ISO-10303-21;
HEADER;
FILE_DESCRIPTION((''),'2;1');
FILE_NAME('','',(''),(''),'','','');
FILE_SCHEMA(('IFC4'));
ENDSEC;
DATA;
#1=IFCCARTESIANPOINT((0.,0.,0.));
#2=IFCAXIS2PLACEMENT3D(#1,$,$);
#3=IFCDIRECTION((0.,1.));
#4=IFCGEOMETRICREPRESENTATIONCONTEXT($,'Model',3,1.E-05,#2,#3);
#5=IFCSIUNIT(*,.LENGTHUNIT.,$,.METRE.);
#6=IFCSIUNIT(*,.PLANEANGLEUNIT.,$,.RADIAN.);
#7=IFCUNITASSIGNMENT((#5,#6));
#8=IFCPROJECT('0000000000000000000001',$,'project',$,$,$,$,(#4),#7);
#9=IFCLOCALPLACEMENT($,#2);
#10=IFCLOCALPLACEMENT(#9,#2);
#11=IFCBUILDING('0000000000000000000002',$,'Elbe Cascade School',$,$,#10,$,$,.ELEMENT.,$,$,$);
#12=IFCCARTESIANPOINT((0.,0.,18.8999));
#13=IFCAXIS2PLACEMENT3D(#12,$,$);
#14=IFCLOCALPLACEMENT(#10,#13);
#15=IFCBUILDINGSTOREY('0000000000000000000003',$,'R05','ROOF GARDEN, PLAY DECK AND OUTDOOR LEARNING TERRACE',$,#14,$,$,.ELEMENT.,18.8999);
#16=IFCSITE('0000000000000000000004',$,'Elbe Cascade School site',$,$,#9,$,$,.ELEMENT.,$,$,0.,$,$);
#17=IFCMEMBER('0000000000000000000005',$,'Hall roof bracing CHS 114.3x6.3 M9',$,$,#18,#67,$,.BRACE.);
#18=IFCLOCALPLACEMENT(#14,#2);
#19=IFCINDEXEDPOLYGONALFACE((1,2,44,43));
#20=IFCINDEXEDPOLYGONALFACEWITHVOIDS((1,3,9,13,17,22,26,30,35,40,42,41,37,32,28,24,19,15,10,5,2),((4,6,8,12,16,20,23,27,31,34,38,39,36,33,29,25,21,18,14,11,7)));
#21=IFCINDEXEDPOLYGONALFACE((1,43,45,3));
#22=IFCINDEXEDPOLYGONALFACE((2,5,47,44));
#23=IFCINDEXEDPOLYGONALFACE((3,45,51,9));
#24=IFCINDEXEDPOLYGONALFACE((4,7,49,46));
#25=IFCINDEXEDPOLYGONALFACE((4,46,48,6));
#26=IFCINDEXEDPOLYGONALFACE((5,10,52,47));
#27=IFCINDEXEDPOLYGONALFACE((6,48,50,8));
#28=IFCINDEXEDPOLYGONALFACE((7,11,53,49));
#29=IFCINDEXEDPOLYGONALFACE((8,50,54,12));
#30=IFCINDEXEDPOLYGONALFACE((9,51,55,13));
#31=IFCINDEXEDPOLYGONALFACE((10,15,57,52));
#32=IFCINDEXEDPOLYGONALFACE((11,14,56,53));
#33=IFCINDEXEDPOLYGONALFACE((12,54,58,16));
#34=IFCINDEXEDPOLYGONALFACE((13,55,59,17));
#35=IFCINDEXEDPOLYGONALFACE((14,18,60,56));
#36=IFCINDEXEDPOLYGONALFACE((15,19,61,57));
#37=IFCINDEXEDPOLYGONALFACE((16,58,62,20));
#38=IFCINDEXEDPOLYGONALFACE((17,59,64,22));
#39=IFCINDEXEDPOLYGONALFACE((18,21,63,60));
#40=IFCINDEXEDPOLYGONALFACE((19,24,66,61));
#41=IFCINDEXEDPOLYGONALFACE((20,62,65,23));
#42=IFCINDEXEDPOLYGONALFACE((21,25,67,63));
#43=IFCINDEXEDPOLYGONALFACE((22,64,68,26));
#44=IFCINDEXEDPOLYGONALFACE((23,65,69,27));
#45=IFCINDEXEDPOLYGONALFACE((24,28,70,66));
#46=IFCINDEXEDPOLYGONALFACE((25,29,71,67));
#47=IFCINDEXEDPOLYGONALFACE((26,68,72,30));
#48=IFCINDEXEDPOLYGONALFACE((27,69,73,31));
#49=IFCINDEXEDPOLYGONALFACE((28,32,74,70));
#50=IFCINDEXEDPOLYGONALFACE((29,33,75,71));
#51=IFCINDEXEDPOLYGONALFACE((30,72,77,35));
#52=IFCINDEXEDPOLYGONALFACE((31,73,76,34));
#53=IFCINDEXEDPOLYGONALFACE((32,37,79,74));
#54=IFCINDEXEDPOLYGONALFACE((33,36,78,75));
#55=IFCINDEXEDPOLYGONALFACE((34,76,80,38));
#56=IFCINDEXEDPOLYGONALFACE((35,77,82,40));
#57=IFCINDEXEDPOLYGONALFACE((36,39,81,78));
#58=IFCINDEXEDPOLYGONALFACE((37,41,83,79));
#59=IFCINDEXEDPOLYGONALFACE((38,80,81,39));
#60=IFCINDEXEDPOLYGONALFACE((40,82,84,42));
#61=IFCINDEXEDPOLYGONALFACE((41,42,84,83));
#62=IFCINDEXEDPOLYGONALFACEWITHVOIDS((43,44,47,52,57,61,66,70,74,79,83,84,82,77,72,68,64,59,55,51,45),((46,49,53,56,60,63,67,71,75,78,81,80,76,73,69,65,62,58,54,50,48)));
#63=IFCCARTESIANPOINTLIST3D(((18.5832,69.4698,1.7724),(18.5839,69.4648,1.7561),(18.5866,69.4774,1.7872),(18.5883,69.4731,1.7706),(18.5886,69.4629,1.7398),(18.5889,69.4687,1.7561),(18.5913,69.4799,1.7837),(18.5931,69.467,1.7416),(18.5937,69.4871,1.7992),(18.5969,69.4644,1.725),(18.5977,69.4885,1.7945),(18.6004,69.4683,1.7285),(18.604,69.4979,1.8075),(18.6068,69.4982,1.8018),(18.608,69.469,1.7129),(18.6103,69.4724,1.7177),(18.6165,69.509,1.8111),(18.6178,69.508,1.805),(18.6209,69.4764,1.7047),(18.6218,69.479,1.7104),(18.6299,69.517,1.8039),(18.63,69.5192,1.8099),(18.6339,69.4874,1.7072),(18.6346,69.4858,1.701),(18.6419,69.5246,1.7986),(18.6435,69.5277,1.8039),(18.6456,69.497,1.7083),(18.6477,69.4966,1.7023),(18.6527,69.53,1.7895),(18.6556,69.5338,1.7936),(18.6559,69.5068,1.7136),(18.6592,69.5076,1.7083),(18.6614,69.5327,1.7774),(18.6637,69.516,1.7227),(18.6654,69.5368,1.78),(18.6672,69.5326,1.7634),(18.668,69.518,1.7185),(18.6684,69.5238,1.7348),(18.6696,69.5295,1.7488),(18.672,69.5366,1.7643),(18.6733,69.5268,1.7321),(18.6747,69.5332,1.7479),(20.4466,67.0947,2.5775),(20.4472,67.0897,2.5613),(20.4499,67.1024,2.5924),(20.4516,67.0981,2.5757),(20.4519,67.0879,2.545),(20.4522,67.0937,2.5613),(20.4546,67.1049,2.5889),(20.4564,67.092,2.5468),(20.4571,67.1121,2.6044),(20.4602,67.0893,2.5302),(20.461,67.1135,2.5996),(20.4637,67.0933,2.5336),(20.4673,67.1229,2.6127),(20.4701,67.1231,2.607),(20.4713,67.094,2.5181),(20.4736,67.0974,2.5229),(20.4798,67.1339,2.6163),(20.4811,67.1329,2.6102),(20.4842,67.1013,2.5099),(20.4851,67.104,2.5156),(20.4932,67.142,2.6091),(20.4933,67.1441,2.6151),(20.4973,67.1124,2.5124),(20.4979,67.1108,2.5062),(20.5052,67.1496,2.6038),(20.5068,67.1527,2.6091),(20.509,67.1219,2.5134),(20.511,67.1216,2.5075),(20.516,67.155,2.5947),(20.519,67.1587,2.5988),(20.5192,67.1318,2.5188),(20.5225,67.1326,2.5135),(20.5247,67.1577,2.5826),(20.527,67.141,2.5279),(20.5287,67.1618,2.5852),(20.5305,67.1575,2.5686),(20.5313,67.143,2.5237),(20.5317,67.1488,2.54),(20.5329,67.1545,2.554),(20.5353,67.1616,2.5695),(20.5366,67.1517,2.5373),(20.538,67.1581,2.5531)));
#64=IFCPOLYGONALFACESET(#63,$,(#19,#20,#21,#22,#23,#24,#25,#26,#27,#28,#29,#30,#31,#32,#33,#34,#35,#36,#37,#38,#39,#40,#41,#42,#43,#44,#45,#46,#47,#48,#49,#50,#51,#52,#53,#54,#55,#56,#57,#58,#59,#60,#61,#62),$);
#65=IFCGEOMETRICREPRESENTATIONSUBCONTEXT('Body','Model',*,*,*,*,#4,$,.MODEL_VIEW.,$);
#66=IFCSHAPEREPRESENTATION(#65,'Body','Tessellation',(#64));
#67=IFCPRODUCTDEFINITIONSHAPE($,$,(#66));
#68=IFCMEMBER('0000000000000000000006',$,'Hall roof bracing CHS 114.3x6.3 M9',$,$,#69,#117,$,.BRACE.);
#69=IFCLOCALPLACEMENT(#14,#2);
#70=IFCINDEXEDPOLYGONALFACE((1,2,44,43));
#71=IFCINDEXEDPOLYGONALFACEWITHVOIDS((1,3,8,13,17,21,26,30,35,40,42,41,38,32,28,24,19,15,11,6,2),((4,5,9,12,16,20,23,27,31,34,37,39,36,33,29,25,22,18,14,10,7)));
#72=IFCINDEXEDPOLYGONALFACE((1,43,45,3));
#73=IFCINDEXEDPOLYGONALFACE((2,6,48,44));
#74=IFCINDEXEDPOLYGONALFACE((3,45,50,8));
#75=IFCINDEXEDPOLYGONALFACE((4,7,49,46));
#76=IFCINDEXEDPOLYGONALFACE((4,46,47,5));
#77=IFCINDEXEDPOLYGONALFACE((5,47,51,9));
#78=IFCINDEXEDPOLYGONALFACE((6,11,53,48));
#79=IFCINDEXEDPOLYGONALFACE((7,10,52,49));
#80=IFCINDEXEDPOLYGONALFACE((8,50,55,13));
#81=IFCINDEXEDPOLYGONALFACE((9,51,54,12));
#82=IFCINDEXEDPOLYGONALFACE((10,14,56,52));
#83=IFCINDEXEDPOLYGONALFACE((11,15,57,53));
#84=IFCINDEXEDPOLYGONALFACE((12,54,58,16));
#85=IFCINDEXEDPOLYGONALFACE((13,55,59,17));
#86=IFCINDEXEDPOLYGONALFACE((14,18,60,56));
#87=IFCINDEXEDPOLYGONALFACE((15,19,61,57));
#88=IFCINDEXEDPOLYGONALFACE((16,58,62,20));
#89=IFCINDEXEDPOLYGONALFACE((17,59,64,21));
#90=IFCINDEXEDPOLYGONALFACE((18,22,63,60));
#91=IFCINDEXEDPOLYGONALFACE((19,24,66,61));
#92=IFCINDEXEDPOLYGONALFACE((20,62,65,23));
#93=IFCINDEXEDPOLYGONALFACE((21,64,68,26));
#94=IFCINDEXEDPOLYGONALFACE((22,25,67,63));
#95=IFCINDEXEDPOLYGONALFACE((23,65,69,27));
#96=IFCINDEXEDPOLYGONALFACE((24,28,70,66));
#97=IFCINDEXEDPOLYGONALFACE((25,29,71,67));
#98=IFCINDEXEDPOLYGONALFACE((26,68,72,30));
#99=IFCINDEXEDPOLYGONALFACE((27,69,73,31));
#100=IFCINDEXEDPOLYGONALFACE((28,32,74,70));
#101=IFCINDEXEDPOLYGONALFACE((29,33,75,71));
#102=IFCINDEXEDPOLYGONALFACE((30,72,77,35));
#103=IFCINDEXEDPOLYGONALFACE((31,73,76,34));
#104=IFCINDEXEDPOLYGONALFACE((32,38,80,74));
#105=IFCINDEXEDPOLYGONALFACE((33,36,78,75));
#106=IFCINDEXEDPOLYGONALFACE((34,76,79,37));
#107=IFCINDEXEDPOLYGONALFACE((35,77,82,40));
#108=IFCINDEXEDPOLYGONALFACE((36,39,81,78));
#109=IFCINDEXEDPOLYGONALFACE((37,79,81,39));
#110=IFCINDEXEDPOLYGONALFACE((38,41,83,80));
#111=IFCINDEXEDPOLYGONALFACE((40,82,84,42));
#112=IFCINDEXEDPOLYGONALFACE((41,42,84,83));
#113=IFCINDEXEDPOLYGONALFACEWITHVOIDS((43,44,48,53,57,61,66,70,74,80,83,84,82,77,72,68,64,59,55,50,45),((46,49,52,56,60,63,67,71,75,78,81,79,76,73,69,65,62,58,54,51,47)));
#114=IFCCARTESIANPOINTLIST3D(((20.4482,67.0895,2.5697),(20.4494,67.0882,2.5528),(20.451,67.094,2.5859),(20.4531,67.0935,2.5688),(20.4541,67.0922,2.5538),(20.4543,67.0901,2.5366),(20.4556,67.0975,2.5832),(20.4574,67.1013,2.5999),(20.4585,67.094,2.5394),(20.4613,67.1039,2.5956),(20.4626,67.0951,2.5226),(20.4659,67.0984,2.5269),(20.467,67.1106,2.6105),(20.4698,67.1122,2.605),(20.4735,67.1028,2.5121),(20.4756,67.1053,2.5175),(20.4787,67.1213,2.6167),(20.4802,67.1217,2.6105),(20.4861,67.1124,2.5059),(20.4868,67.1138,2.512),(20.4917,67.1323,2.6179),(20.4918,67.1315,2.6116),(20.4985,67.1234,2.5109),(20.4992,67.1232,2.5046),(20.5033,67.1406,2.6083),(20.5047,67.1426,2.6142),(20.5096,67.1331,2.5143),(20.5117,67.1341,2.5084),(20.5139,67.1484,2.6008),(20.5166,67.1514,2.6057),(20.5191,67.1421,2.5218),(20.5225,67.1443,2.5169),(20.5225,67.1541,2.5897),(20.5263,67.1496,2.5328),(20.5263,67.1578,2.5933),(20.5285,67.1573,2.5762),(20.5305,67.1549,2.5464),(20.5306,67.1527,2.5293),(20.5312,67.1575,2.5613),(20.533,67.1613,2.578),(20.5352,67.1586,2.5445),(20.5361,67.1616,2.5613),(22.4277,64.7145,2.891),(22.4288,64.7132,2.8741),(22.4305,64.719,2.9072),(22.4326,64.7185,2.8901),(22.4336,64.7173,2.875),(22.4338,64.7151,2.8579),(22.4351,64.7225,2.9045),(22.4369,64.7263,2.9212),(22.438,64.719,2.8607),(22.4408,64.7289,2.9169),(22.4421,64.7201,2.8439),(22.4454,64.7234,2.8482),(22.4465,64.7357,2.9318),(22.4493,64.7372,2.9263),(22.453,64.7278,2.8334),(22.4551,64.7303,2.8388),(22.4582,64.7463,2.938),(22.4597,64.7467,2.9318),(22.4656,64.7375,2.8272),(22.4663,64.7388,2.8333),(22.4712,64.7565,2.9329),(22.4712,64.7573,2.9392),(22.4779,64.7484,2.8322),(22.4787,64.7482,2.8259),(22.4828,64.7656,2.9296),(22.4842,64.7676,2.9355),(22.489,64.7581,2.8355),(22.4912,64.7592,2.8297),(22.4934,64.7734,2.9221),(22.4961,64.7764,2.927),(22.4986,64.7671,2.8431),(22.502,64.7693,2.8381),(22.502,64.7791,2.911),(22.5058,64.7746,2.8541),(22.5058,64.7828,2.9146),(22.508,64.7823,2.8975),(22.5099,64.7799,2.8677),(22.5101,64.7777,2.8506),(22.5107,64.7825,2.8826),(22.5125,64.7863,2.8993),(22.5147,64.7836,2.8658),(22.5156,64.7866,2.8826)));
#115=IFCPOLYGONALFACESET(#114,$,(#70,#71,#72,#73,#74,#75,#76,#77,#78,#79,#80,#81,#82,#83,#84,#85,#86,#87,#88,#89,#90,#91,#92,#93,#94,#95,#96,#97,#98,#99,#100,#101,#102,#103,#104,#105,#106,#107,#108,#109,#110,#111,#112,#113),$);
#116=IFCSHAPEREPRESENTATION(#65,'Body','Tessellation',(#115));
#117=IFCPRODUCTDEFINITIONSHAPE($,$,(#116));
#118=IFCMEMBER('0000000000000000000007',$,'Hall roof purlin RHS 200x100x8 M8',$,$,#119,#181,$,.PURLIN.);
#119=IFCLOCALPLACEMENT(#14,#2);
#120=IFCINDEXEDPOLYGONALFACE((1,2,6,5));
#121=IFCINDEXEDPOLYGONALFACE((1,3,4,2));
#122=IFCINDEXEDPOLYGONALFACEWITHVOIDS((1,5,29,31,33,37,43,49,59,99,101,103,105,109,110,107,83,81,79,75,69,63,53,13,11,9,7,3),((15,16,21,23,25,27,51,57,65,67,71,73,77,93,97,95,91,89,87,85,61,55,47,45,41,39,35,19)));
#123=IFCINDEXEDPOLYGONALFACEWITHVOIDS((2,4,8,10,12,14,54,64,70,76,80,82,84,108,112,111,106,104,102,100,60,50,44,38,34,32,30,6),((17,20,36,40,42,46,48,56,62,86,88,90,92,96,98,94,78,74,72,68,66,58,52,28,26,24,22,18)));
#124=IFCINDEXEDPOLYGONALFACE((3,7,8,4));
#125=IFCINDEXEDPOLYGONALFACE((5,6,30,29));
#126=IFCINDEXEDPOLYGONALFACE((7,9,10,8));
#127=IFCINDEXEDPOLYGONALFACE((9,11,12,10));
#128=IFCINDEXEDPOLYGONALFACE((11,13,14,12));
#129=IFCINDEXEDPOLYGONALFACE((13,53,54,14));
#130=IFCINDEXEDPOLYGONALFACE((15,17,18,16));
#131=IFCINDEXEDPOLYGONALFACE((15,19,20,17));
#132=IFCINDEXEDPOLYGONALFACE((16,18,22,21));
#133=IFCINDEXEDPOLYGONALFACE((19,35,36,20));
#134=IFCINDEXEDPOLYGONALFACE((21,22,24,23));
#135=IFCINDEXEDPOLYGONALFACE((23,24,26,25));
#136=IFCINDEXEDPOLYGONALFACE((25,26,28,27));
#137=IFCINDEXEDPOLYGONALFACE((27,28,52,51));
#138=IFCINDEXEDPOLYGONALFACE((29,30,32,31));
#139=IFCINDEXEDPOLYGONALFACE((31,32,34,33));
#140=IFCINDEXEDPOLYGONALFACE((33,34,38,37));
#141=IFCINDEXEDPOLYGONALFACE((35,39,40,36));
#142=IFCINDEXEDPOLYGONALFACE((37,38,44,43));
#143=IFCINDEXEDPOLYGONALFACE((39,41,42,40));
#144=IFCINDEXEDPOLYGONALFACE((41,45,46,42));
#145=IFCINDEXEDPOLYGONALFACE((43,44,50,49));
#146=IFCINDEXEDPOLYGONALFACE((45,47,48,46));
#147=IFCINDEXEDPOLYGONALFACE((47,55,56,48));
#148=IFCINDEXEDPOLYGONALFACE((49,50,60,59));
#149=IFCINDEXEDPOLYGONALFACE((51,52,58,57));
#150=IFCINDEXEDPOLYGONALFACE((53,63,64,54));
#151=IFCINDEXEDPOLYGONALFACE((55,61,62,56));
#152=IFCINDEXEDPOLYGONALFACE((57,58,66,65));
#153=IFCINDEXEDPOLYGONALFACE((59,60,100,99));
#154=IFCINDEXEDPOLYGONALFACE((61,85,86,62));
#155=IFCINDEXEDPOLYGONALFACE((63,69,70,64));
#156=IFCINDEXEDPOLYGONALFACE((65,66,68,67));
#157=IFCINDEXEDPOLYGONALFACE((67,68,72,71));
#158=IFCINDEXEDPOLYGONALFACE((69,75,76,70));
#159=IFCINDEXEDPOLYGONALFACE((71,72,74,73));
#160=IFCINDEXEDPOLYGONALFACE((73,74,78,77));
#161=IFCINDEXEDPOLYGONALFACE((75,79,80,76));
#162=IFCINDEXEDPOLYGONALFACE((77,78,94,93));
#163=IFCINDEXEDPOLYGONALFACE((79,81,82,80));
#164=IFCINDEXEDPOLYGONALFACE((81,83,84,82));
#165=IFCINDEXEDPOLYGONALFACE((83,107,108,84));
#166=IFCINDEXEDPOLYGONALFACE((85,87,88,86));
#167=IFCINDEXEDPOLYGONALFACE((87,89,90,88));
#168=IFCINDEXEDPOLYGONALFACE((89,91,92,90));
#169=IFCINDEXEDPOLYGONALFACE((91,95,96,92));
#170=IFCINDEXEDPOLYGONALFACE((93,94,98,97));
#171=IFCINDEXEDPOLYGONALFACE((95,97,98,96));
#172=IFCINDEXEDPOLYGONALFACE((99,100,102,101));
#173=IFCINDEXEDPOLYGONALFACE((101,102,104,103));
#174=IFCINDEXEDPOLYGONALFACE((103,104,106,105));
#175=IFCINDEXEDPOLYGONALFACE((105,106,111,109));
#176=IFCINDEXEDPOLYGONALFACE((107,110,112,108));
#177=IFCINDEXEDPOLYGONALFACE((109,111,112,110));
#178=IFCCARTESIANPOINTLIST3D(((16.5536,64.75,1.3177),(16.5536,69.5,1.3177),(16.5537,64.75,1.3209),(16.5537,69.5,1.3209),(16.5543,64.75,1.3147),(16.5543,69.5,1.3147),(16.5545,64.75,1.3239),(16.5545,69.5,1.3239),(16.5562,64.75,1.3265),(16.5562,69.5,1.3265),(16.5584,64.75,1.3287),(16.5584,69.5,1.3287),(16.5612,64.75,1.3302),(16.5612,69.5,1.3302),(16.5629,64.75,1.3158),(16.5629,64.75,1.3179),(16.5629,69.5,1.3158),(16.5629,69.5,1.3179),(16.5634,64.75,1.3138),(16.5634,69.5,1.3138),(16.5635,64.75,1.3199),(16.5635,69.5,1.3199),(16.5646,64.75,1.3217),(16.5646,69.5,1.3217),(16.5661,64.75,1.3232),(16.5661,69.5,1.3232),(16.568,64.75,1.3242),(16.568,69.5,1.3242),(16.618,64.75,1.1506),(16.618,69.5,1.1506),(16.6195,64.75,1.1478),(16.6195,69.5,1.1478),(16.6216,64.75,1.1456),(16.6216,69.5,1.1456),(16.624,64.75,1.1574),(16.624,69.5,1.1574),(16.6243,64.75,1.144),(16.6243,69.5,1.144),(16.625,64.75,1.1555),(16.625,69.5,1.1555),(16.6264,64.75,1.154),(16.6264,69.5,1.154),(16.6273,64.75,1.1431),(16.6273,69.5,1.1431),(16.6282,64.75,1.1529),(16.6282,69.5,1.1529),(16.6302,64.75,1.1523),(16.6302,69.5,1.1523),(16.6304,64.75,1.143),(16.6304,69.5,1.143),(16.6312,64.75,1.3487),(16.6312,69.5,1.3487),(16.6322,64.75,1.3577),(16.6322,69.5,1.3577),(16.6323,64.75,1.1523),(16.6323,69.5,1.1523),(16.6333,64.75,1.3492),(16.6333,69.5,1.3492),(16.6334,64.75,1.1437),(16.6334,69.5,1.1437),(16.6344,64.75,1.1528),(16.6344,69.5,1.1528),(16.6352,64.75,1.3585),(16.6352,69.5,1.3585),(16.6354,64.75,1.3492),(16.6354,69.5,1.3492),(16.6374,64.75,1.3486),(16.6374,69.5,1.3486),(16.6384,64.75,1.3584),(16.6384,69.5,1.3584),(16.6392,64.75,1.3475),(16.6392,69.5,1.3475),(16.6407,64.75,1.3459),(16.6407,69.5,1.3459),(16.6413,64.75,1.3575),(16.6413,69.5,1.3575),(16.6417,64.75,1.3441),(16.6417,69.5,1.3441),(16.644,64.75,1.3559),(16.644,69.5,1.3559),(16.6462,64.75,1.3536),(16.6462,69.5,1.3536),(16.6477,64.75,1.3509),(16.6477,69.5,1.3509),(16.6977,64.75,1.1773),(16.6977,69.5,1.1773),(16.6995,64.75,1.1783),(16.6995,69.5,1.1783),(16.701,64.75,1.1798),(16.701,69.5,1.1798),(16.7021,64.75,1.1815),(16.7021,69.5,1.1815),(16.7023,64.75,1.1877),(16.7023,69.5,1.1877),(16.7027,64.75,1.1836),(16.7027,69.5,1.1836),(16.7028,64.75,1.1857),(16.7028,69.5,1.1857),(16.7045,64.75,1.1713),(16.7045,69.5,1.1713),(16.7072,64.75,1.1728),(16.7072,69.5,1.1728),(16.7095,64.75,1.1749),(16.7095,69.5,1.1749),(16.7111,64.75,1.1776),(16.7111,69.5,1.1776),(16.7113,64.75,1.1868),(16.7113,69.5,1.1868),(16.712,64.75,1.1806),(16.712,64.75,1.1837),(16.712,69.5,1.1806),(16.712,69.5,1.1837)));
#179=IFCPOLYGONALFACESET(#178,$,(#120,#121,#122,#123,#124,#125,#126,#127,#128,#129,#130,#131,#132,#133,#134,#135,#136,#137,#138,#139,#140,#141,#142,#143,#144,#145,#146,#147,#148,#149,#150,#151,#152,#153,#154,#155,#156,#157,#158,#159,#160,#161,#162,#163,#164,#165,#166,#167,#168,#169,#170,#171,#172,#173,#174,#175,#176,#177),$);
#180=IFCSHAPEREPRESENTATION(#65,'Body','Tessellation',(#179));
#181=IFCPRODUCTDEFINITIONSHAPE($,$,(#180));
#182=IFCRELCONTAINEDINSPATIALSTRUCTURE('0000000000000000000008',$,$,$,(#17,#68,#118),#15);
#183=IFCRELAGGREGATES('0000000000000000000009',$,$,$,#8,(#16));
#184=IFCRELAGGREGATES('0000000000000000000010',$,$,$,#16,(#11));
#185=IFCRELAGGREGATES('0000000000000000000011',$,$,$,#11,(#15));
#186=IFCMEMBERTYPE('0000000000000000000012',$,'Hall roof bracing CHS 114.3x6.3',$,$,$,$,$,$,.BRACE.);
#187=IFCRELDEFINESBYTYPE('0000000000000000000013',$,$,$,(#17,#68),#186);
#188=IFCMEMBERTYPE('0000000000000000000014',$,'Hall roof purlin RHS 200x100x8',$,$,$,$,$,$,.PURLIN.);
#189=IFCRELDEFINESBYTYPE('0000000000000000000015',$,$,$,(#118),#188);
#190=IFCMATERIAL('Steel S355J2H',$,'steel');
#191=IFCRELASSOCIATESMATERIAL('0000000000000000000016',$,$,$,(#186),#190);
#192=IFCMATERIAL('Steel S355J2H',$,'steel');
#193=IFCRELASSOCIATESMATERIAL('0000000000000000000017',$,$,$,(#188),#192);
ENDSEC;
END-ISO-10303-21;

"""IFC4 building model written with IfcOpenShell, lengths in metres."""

from ifc_helpers import new_model, si_unit, direction, frame, origin, origin_2d, place, context, subcontext, project, spatial, hollow_rectangle, hollow_circle, extrude, material, material_profile, profile_set, type_object, element, save


model = new_model("IFC4")

# Units and contexts
model_context = context("Model", 3, precision=1e-05, world=origin(), true_north=direction((0.0, 1.0)))
body_context = subcontext(model_context, "Body", "Model", "MODEL_VIEW")
ifc_project = project(units=[si_unit("LENGTHUNIT", "METRE"), si_unit("PLANEANGLEUNIT", "RADIAN")], contexts=[model_context])

# Site, building, storey
site_placement = place(None, origin())
site = spatial("IfcSite", under=ifc_project, at=site_placement, Name="Elbe Cascade School site", CompositionType="ELEMENT", RefElevation=0.0)
building_placement = place(site_placement, origin())
building = spatial("IfcBuilding", under=site, at=building_placement, Name="Elbe Cascade School", CompositionType="ELEMENT")
storey_placement = place(building_placement, frame((0.0, 0.0, 18.8999)))
storey = spatial("IfcBuildingStorey", under=building, at=storey_placement, Name="R05", Description="ROOF GARDEN, PLAY DECK AND OUTDOOR LEARNING TERRACE", CompositionType="ELEMENT", Elevation=18.8999)

# Members
ifc_material_1 = material(Name="Steel S355J2H", Category="steel")
ifc_material_profile_1 = material_profile(ifc_material_1, hollow_circle(Radius=0.0571, WallThickness=0.0063, at=origin_2d()), Name="CHS 114.3x6.3")
ifc_profile_set_1 = profile_set([ifc_material_profile_1], Name="Steel S355J2H")
member_type_1 = type_object("IfcMemberType", Name="Hall roof bracing CHS 114.3x6.3", PredefinedType="BRACE", material=ifc_profile_set_1)
member_1_placement = place(storey_placement, frame((20.4922, 67.125, 2.5613), z_axis=(-0.596399, 0.76019, -0.257721), x_axis=(-0.786767, -0.61725, 0.0)))
element("IfcMember", 1, at=member_1_placement, inside=storey, type_object=member_type_1, Name="Hall roof bracing CHS 114.3x6.3 M9", PredefinedType="BRACE", context=body_context, shape_type="SweptSolid", body=[
    extrude(hollow_circle(Radius=0.0571, WallThickness=0.0063, at=origin_2d()), origin(), (0.0, 0.0, 1.0), 3.1243),
])
member_2_placement = place(storey_placement, frame((20.4922, 67.125, 2.5613), z_axis=(0.636817, -0.764055, 0.103361), x_axis=(0.768169, 0.640247, 0.0)))
element("IfcMember", 2, at=member_2_placement, inside=storey, type_object=member_type_1, Name="Hall roof bracing CHS 114.3x6.3 M9", PredefinedType="BRACE", context=body_context, shape_type="SweptSolid", body=[
    extrude(hollow_circle(Radius=0.0571, WallThickness=0.0063, at=origin_2d()), origin(), (0.0, 0.0, 1.0), 3.1084),
])
ifc_material_2 = material(Name="Steel S355J2H", Category="steel")
ifc_material_profile_2 = material_profile(ifc_material_2, hollow_rectangle(XDim=0.1001, YDim=0.2, WallThickness=0.0081, InnerFilletRadius=0.0081, OuterFilletRadius=0.012, at=origin_2d()), Name="RHS 200x100x8")
ifc_profile_set_2 = profile_set([ifc_material_profile_2], Name="Steel S355J2H")
member_type_2 = type_object("IfcMemberType", Name="Hall roof purlin RHS 200x100x8", PredefinedType="PURLIN", material=ifc_profile_set_2)
for number, where, z_axis, x_axis, name in (
    (3, (16.6328, 64.75, 1.2507), (0.0, 1.0, 0.0), (-0.932415, 0.0, -0.36139), "Hall roof purlin RHS 200x100x8 M8"),
):
    element("IfcMember", number, at=place(storey_placement, frame(where, z_axis=z_axis, x_axis=x_axis)), inside=storey, type_object=member_type_2, Name=name, PredefinedType="PURLIN", context=body_context, shape_type="SweptSolid", body=[
        extrude(hollow_rectangle(XDim=0.1001, YDim=0.2, WallThickness=0.0081, InnerFilletRadius=0.0081, OuterFilletRadius=0.012, at=origin_2d()), origin(), (0.0, 0.0, 1.0), 4.75),
    ])

save(model, "model.ifc")
